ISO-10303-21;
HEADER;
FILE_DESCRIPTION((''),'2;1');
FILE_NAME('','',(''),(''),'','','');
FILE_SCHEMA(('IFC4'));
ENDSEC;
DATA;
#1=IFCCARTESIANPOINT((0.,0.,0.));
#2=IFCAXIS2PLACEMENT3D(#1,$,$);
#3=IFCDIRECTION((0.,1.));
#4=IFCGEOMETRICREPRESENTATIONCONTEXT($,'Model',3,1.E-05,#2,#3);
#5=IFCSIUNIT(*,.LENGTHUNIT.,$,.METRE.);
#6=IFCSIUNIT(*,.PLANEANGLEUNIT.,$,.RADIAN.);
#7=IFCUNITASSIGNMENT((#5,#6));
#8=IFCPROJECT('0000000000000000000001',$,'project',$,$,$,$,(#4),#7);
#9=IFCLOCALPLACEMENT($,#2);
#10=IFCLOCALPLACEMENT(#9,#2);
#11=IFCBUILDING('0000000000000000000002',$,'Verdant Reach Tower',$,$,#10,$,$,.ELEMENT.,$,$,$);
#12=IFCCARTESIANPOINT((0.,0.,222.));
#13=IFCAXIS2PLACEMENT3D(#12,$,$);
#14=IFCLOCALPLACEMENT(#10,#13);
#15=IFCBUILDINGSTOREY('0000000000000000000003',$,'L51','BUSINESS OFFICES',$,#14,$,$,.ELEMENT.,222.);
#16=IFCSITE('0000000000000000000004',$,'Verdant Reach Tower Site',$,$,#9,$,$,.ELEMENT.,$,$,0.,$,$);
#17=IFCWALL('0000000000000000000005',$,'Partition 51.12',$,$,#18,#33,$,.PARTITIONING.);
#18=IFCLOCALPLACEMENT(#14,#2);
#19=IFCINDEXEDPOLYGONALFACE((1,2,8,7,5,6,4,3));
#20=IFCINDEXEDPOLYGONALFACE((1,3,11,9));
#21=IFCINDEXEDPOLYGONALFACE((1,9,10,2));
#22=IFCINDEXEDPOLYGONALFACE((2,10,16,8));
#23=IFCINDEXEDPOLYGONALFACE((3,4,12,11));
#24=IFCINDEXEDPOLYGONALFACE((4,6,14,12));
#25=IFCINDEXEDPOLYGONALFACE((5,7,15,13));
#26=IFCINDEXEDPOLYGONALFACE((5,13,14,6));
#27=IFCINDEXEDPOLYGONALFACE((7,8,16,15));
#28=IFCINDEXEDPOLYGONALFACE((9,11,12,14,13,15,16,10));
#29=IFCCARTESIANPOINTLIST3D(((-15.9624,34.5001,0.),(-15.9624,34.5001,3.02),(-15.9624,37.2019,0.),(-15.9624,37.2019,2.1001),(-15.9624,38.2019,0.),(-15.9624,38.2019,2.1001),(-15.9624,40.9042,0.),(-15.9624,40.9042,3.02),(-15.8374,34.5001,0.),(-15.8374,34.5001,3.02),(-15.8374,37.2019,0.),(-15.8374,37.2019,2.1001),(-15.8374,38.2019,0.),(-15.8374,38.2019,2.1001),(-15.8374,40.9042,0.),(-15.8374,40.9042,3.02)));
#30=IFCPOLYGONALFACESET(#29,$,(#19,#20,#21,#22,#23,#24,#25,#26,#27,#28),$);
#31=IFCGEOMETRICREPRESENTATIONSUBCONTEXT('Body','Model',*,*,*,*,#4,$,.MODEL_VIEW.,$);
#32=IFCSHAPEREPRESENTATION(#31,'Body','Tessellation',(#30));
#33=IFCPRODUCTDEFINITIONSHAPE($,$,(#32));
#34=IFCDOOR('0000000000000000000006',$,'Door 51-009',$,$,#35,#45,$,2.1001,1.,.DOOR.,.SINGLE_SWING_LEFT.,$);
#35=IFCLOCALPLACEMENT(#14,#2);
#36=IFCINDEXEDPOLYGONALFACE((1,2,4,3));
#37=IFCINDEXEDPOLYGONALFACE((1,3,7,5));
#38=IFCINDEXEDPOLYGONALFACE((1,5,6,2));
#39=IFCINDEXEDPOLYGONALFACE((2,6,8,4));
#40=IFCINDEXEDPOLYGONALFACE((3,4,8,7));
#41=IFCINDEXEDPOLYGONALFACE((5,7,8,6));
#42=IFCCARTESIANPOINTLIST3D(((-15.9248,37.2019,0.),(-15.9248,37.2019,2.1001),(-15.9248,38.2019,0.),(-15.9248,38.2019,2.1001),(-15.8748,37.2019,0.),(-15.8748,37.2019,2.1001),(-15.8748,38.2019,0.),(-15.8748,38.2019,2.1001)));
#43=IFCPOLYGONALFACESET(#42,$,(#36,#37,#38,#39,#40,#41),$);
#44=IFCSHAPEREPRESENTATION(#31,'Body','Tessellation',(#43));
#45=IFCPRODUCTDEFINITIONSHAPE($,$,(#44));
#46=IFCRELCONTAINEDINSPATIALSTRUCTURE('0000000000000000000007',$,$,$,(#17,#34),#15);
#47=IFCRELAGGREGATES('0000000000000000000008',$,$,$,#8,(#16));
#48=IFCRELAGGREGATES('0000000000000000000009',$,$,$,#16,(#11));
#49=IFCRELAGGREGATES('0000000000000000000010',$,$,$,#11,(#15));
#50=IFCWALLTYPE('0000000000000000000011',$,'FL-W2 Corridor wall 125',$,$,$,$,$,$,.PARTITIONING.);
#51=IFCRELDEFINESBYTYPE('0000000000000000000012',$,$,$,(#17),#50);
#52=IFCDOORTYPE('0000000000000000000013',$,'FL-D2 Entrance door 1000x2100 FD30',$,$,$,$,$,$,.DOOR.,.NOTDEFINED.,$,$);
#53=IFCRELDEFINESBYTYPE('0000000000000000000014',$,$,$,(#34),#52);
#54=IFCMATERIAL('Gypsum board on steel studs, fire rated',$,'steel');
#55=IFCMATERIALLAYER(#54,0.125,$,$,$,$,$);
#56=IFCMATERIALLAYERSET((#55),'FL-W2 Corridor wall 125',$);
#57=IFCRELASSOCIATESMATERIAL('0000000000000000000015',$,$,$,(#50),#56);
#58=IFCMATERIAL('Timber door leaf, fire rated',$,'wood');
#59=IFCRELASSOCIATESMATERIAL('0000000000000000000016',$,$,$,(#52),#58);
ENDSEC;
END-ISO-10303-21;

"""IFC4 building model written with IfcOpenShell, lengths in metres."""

from ifc_helpers import new_model, si_unit, direction, frame, frame_2d, origin, place, context, subcontext, project, spatial, rectangle, extrude, material, layer, layer_set, type_object, element, fill, save


model = new_model("IFC4")

# Units and contexts
model_context = context("Model", 3, precision=1e-05, world=origin(), true_north=direction((0.0, 1.0)))
body_context = subcontext(model_context, "Body", "Model", "MODEL_VIEW")
ifc_project = project(units=[si_unit("LENGTHUNIT", "METRE"), si_unit("PLANEANGLEUNIT", "RADIAN")], contexts=[model_context])

# Site, building, storey
site_placement = place(None, origin())
site = spatial("IfcSite", under=ifc_project, at=site_placement, Name="Verdant Reach Tower Site", CompositionType="ELEMENT", RefElevation=0.0)
building_placement = place(site_placement, origin())
building = spatial("IfcBuilding", under=site, at=building_placement, Name="Verdant Reach Tower", CompositionType="ELEMENT")
storey_placement = place(building_placement, frame((0.0, 0.0, 222.0)))
storey = spatial("IfcBuildingStorey", under=building, at=storey_placement, Name="L51", Description="BUSINESS OFFICES", CompositionType="ELEMENT", Elevation=222.0)

# Wall, opening, door
ifc_material_1 = material(Name="Gypsum board on steel studs, fire rated", Category="steel")
ifc_layer_1 = layer(ifc_material_1, 0.125)
ifc_layer_set_1 = layer_set([ifc_layer_1], Name="FL-W2 Corridor wall 125")
wall_type_1 = type_object("IfcWallType", Name="FL-W2 Corridor wall 125", PredefinedType="PARTITIONING", material=ifc_layer_set_1)
ifc_material_2 = material(Name="Timber door leaf, fire rated", Category="wood")
door_type_1 = type_object("IfcDoorType", Name="FL-D2 Entrance door 1000x2100 FD30", OperationType="NOTDEFINED", PredefinedType="DOOR", material=ifc_material_2)
wall_1_placement = place(storey_placement, frame((-15.8999, 34.5, 0.0), z_axis=(0.0, 0.0, 1.0), x_axis=(0.0, 1.0, 0.0)))
wall_1 = element("IfcWall", 1, at=wall_1_placement, inside=storey, type_object=wall_type_1, Name="Partition 51.12", PredefinedType="PARTITIONING", context=body_context, shape_type="SweptSolid", body=[
    extrude(rectangle(XDim=6.4041, YDim=0.125, at=frame_2d((3.2021, 0.0))), origin(), (0.0, 0.0, 1.0), 3.02),
])
opening_1_placement = place(wall_1_placement, frame((2.7019, 0.0, 0.0)))
opening_1 = element("IfcOpeningElement", 2, at=opening_1_placement, cuts=wall_1, PredefinedType="OPENING", context=body_context, shape_type="SweptSolid", body=[
    extrude(rectangle(XDim=1.0, YDim=2.1001, at=frame_2d((0.5, 1.05))), frame((0.0, 0.0725, 0.0), z_axis=(0.0, -1.0, 0.0), x_axis=(1.0, 0.0, 0.0)), (0.0, 0.0, 1.0), 0.145),
])
door_1_placement = place(opening_1_placement, origin())
door_1 = element("IfcDoor", 3, at=door_1_placement, inside=storey, type_object=door_type_1, Name="Door 51-009", OperationType="SINGLE_SWING_LEFT", OverallHeight=2.1001, OverallWidth=1.0, PredefinedType="DOOR", context=body_context, shape_type="SweptSolid", body=[
    extrude(rectangle(XDim=1.0, YDim=2.1001, at=frame_2d((0.5, 1.05))), frame((0.0, 0.0249, 0.0), z_axis=(0.0, -1.0, 0.0), x_axis=(1.0, 0.0, 0.0)), (0.0, 0.0, 1.0), 0.05),
])
fill(opening_1, door_1)

save(model, "model.ifc")
